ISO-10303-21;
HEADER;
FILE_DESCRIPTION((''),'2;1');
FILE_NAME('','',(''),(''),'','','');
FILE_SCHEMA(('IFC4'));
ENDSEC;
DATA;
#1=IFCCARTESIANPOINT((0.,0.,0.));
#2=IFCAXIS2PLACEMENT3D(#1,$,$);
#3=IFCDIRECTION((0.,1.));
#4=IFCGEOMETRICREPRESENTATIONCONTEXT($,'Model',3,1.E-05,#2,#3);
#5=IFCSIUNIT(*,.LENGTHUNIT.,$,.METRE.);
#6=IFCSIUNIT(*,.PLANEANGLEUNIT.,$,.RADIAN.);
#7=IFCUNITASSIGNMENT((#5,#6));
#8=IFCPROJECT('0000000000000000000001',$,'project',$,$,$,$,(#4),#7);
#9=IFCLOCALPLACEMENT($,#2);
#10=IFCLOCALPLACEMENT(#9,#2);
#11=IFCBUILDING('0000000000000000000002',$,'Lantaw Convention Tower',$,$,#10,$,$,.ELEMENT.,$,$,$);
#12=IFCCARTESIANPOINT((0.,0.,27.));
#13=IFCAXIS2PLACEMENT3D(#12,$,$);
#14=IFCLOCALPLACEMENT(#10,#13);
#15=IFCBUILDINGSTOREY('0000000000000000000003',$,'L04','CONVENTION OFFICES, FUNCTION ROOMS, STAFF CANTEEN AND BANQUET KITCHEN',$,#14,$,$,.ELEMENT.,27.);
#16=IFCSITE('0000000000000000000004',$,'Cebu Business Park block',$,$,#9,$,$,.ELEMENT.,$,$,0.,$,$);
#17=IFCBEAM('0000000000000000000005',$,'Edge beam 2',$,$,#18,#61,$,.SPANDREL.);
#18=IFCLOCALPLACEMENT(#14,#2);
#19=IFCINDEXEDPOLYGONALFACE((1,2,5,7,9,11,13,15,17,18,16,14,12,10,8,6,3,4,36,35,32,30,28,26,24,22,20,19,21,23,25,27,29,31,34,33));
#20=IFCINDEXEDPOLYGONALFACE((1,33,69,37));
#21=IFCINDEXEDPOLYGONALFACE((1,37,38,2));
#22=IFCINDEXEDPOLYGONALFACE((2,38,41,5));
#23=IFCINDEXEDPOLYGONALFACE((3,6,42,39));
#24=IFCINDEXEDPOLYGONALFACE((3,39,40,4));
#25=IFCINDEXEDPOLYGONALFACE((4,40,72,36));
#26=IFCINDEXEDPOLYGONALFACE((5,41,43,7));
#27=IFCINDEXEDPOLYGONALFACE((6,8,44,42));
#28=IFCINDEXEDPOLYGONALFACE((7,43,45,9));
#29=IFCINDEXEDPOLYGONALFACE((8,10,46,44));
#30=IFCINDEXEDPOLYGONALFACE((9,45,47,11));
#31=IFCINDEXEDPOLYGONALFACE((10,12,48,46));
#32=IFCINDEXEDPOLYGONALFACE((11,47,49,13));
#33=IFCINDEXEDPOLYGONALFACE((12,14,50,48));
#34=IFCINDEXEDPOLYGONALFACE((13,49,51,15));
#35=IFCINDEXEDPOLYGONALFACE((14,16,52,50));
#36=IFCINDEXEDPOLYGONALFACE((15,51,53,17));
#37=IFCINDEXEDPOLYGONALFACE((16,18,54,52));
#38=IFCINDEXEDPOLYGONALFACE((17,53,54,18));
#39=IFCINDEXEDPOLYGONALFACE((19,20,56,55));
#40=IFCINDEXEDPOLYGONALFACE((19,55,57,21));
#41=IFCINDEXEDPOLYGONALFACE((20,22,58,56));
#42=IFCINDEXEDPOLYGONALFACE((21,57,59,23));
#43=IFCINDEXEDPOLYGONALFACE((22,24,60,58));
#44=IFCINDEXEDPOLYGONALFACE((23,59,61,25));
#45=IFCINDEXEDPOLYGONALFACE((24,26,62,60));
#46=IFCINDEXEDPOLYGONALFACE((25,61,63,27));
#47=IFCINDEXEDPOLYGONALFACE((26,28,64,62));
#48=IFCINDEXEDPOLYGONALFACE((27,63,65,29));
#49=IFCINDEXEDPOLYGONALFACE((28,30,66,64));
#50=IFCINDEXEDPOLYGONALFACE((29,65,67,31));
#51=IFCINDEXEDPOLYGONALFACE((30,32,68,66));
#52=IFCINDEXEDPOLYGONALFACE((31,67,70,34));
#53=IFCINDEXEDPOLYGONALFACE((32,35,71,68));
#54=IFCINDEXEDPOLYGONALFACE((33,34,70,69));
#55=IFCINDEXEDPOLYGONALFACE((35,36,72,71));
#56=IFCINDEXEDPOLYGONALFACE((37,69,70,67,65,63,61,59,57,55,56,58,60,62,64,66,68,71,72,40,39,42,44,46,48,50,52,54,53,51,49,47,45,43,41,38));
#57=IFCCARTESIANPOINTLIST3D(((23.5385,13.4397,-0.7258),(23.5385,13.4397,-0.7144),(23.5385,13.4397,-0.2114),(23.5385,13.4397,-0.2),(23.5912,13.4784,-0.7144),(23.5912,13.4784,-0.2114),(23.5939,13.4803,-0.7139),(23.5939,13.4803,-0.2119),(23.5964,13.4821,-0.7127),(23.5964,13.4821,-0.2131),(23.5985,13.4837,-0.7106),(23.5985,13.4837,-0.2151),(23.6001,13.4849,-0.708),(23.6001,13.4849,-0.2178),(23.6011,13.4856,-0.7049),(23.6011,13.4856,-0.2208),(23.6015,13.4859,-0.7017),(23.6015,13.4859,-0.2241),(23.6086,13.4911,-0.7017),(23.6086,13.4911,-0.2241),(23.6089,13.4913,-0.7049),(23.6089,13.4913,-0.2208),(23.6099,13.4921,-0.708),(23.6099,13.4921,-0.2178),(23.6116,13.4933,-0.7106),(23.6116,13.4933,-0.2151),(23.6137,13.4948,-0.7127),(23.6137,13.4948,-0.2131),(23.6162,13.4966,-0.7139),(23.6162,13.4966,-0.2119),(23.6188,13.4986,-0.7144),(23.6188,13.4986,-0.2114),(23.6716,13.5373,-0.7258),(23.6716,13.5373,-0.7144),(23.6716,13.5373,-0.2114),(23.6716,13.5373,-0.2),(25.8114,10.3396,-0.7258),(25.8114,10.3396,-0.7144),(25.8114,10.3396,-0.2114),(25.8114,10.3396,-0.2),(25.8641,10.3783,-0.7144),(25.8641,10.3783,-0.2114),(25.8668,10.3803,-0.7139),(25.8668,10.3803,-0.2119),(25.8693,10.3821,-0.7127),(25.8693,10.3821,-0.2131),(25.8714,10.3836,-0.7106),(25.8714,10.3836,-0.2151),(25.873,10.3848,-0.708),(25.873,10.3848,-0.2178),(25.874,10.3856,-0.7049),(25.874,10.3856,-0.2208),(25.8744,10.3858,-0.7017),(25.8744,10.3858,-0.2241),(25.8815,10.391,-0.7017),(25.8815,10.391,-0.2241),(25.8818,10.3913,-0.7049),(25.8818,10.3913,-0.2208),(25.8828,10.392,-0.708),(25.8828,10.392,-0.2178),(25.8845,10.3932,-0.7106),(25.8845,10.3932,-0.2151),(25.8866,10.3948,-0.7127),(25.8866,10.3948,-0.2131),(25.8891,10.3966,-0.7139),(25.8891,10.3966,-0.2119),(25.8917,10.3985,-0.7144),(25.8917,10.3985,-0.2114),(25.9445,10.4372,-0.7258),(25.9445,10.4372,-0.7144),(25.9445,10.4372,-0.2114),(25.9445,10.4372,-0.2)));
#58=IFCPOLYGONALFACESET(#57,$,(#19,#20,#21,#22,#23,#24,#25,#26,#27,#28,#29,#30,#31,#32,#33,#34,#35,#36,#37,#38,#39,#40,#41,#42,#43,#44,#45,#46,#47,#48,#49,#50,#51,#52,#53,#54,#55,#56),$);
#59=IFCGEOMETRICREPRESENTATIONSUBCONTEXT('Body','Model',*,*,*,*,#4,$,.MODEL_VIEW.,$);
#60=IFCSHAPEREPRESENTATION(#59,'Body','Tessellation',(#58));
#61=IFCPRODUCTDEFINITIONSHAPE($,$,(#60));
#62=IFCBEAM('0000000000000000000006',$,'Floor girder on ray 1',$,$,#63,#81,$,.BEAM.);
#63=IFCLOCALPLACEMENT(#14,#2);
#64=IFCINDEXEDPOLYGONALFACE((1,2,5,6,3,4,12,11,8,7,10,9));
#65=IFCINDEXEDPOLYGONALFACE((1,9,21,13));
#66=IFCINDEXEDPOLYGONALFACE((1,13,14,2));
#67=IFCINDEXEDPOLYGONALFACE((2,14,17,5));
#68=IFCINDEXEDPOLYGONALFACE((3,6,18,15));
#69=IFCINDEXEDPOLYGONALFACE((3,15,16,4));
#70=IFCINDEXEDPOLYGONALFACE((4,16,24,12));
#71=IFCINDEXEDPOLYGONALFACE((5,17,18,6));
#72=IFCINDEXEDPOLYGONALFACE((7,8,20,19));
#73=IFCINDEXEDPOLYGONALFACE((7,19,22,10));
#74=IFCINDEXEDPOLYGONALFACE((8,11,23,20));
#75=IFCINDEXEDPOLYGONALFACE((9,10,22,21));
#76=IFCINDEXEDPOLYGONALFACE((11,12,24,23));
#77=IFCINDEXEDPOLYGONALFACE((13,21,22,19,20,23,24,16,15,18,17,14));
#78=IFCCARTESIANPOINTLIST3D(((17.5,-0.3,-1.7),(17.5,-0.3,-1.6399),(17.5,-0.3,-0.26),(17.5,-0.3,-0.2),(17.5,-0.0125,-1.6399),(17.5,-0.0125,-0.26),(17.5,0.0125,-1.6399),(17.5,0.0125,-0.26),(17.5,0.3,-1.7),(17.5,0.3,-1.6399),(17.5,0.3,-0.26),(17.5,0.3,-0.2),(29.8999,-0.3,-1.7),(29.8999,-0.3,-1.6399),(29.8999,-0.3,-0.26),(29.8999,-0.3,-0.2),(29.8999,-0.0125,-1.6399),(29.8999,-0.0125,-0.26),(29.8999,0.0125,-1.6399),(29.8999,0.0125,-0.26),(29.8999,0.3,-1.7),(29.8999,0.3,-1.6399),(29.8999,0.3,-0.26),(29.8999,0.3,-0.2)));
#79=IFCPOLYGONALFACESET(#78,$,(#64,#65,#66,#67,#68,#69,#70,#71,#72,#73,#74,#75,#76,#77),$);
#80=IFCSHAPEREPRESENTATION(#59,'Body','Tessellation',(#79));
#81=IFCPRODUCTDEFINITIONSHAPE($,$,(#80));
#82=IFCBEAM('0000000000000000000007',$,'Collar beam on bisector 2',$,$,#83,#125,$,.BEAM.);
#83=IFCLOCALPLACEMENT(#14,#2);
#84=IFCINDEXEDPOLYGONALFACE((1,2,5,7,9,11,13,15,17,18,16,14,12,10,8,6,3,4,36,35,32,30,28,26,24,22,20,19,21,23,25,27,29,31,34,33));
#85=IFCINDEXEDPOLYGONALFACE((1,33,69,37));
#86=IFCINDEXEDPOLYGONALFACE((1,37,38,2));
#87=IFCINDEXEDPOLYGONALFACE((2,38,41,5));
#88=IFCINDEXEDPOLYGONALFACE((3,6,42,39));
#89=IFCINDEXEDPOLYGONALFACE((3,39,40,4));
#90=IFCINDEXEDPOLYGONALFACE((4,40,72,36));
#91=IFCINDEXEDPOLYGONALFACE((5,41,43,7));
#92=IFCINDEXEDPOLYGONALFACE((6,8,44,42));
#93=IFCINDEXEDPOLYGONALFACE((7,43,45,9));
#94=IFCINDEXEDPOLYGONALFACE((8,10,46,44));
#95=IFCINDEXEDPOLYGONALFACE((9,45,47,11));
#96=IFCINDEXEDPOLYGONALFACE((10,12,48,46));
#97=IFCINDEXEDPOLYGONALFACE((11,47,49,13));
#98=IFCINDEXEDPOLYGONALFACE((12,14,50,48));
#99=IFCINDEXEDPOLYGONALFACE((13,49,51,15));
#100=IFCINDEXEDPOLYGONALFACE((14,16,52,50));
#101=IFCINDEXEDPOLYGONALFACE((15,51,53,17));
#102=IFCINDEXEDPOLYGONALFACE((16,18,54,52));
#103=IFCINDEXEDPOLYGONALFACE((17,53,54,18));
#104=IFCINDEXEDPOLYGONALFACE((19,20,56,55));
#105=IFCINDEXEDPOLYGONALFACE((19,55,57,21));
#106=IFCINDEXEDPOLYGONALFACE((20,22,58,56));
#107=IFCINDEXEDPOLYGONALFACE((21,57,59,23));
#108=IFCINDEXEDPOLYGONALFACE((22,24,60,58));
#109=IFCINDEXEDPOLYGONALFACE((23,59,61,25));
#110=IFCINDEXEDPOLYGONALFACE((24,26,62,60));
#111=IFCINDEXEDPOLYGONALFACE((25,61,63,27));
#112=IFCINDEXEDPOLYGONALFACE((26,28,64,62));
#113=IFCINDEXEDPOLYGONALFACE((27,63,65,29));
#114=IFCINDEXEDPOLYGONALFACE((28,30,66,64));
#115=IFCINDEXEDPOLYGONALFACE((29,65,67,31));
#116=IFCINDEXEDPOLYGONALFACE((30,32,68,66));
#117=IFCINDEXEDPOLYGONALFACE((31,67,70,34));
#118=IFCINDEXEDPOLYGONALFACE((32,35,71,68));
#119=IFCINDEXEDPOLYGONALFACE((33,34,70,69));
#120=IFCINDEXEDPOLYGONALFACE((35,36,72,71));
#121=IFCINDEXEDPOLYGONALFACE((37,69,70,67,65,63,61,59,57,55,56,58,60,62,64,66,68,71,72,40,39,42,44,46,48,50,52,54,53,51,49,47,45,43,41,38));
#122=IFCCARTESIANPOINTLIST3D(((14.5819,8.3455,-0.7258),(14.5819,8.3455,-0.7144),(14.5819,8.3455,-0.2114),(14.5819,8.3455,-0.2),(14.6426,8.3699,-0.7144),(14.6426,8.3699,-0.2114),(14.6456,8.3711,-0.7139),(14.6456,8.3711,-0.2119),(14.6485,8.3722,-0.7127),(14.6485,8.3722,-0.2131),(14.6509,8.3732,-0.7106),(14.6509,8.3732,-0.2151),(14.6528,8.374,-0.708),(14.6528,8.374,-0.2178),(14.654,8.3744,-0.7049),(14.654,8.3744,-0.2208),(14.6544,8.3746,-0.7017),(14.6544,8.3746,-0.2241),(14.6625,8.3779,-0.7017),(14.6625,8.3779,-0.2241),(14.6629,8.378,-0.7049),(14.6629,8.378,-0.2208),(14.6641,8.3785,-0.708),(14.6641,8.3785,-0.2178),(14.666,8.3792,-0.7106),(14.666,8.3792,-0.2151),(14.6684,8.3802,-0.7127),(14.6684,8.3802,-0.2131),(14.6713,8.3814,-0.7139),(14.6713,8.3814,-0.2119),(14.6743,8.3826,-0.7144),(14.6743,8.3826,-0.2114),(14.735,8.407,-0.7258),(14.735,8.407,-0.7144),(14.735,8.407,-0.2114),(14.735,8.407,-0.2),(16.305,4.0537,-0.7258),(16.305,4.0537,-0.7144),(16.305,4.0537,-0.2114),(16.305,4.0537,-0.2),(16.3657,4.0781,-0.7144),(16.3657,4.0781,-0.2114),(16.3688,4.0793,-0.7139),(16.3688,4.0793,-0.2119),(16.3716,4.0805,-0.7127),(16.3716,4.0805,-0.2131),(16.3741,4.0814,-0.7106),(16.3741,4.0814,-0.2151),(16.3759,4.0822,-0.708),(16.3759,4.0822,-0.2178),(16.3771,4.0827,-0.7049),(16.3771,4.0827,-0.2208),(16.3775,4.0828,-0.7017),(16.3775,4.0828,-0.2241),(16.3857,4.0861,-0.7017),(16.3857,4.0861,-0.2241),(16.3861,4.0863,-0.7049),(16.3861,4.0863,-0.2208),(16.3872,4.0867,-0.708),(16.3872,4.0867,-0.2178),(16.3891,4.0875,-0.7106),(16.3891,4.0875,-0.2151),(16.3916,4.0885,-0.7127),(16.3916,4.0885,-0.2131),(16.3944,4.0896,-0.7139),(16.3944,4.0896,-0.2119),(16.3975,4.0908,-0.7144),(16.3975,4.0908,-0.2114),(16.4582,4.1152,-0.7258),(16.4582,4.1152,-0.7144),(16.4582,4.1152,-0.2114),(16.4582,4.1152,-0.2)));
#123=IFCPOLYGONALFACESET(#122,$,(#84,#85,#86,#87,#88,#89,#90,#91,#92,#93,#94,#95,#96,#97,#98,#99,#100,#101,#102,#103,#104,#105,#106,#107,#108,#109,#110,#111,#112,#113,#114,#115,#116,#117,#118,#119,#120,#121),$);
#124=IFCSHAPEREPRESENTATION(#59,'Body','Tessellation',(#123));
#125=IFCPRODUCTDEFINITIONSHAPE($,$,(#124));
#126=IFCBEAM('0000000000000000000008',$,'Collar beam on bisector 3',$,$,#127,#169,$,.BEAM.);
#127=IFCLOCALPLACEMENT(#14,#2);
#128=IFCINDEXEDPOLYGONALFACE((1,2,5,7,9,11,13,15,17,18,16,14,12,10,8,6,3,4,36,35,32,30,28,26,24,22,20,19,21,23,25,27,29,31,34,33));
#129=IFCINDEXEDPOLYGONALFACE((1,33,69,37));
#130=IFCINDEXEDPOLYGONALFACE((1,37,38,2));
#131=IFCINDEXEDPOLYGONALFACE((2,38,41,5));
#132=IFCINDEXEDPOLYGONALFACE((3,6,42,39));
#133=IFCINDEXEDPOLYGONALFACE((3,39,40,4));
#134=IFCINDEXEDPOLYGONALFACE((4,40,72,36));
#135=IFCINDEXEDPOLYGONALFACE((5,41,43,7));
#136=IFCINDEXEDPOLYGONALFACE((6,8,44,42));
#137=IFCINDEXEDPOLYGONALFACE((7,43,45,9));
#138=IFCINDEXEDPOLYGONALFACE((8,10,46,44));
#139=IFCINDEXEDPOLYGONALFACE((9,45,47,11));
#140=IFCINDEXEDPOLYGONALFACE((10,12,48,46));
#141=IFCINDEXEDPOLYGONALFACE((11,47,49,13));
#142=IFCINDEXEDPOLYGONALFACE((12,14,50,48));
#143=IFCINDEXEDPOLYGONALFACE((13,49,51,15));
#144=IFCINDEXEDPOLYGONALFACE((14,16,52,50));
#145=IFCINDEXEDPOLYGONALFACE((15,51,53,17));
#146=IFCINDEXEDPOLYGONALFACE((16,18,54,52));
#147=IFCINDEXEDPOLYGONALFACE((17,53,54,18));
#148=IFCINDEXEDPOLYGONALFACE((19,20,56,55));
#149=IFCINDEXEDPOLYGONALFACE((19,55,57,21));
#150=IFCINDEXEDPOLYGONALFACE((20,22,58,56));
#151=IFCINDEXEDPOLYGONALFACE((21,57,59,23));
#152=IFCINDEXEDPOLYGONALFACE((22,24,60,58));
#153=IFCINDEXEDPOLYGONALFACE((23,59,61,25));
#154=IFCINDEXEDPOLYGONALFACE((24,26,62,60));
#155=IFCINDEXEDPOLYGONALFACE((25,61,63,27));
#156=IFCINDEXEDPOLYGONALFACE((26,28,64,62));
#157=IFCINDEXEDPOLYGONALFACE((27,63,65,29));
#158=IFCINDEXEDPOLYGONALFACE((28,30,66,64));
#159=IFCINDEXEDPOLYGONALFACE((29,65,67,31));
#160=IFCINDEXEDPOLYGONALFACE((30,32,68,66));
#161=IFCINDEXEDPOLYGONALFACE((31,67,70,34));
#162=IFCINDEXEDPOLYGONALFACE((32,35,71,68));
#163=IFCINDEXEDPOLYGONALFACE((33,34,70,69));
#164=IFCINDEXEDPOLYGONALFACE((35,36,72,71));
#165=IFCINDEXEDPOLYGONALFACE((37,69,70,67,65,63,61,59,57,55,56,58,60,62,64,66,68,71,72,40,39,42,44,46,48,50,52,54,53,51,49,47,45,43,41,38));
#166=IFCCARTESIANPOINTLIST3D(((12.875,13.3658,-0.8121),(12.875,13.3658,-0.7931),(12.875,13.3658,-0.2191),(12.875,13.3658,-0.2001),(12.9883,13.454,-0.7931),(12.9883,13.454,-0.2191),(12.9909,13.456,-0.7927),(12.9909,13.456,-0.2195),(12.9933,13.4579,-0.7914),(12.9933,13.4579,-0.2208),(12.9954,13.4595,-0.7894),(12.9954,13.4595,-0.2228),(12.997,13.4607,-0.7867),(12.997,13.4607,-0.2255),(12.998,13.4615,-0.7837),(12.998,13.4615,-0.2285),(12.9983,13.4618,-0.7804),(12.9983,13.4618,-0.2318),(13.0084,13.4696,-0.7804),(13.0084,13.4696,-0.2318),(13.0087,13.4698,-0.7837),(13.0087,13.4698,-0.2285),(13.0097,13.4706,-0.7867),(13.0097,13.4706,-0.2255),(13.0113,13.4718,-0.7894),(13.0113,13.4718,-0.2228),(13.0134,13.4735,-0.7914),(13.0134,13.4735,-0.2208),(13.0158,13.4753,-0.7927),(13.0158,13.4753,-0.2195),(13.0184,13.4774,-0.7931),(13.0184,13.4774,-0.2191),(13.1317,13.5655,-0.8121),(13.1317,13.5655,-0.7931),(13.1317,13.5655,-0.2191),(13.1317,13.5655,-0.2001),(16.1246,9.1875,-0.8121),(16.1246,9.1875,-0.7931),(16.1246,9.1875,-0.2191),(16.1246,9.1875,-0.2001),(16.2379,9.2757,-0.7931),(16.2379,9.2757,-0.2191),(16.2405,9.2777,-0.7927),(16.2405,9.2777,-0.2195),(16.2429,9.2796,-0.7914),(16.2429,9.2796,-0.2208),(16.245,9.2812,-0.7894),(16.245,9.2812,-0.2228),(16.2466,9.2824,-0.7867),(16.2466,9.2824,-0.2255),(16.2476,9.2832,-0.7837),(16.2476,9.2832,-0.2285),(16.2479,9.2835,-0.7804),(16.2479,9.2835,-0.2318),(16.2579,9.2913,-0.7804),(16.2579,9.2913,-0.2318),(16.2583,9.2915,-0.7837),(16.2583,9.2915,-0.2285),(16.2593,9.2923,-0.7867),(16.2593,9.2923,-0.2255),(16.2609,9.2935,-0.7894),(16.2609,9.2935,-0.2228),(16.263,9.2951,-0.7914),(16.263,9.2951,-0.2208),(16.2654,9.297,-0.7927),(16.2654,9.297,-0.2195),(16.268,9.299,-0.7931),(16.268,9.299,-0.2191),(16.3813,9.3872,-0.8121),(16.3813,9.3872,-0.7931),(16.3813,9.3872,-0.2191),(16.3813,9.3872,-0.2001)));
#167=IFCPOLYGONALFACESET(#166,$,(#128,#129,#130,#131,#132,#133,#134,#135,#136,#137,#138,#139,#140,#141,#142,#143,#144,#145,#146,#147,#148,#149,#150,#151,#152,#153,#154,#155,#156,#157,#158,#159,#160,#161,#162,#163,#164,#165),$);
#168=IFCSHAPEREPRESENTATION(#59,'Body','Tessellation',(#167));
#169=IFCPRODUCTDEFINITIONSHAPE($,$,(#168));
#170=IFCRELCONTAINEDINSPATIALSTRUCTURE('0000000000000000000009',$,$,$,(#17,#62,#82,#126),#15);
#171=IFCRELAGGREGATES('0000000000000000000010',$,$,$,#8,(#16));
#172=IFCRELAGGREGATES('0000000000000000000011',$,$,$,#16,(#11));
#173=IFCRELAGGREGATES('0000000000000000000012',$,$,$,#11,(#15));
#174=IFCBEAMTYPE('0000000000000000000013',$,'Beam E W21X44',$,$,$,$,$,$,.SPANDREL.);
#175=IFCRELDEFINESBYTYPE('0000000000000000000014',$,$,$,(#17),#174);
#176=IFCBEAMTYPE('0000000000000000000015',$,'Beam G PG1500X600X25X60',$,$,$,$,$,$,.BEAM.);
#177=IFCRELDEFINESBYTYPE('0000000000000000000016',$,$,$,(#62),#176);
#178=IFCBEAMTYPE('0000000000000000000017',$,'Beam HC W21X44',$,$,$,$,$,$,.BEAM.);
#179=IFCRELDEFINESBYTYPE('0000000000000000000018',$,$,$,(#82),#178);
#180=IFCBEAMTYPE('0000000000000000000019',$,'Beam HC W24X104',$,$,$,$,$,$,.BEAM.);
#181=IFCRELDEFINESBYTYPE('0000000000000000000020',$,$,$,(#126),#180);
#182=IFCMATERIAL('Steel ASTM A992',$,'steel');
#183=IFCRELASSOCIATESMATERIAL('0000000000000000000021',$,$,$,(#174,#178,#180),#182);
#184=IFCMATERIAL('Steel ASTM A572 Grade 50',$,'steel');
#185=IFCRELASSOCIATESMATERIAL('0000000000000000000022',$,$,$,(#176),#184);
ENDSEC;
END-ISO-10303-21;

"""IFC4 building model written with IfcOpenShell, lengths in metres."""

from ifc_helpers import new_model, si_unit, direction, frame, origin, origin_2d, place, context, subcontext, project, spatial, i_section, extrude, material, material_profile, profile_set, type_object, element, save


model = new_model("IFC4")

# Units and contexts
model_context = context("Model", 3, precision=1e-05, world=origin(), true_north=direction((0.0, 1.0)))
body_context = subcontext(model_context, "Body", "Model", "MODEL_VIEW")
ifc_project = project(units=[si_unit("LENGTHUNIT", "METRE"), si_unit("PLANEANGLEUNIT", "RADIAN")], contexts=[model_context])

# Site, building, storey
site_placement = place(None, origin())
site = spatial("IfcSite", under=ifc_project, at=site_placement, Name="Cebu Business Park block", CompositionType="ELEMENT", RefElevation=0.0)
building_placement = place(site_placement, origin())
building = spatial("IfcBuilding", under=site, at=building_placement, Name="Lantaw Convention Tower", CompositionType="ELEMENT")
storey_placement = place(building_placement, frame((0.0, 0.0, 27.0)))
storey = spatial("IfcBuildingStorey", under=building, at=storey_placement, Name="L04", Description="CONVENTION OFFICES, FUNCTION ROOMS, STAFF CANTEEN AND BANQUET KITCHEN", CompositionType="ELEMENT", Elevation=27.0)

# Shared definitions
ifc_material_1 = material(Name="Steel ASTM A572 Grade 50", Category="steel")

# Beams
ifc_material_2 = material(Name="Steel ASTM A992", Category="steel")
ifc_material_profile_1 = material_profile(ifc_material_2, i_section(OverallWidth=0.165, OverallDepth=0.5259, WebThickness=0.0088, FlangeThickness=0.0115, FilletRadius=0.0127, at=origin_2d()), Name="W21X44")
ifc_profile_set_1 = profile_set([ifc_material_profile_1], Name="Steel ASTM A992")
beam_type_1 = type_object("IfcBeamType", Name="Beam E W21X44", PredefinedType="SPANDREL", material=ifc_profile_set_1)
beam_1_placement = place(storey_placement, frame((25.8779, 10.3884, -0.4629), z_axis=(-0.591287, 0.806462, 0.0), x_axis=(-0.806462, -0.591287, 0.0)))
element("IfcBeam", 1, at=beam_1_placement, inside=storey, type_object=beam_type_1, Name="Edge beam 2", PredefinedType="SPANDREL", context=body_context, shape_type="SweptSolid", body=[
    extrude(i_section(OverallWidth=0.165, OverallDepth=0.5259, WebThickness=0.0088, FlangeThickness=0.0115, FilletRadius=0.0127, at=origin_2d()), origin(), (0.0, 0.0, 1.0), 3.844),
])
ifc_material_profile_2 = material_profile(ifc_material_1, i_section(OverallWidth=0.6001, OverallDepth=1.5, WebThickness=0.0249, FlangeThickness=0.0601, at=origin_2d()), Name="PG1500X600X25X60")
ifc_profile_set_2 = profile_set([ifc_material_profile_2], Name="Steel ASTM A572 Grade 50")
beam_type_2 = type_object("IfcBeamType", Name="Beam G PG1500X600X25X60", PredefinedType="BEAM", material=ifc_profile_set_2)
beam_2_placement = place(storey_placement, frame((17.5, 0.0, -0.95), z_axis=(1.0, 0.0, 0.0), x_axis=(0.0, 1.0, 0.0)))
element("IfcBeam", 2, at=beam_2_placement, inside=storey, type_object=beam_type_2, Name="Floor girder on ray 1", PredefinedType="BEAM", context=body_context, shape_type="SweptSolid", body=[
    extrude(i_section(OverallWidth=0.6001, OverallDepth=1.5, WebThickness=0.0249, FlangeThickness=0.0601, at=origin_2d()), origin(), (0.0, 0.0, 1.0), 12.3999),
])
ifc_material_profile_3 = material_profile(ifc_material_2, i_section(OverallWidth=0.165, OverallDepth=0.5259, WebThickness=0.0088, FlangeThickness=0.0115, FilletRadius=0.0127, at=origin_2d()), Name="W21X44")
ifc_profile_set_3 = profile_set([ifc_material_profile_3], Name="Steel ASTM A992")
beam_type_3 = type_object("IfcBeamType", Name="Beam HC W21X44", PredefinedType="BEAM", material=ifc_profile_set_3)
beam_3_placement = place(storey_placement, frame((16.3816, 4.0845, -0.4629), z_axis=(-0.372592, 0.927995, 0.0), x_axis=(-0.927995, -0.372592, 0.0)))
element("IfcBeam", 3, at=beam_3_placement, inside=storey, type_object=beam_type_3, Name="Collar beam on bisector 2", PredefinedType="BEAM", context=body_context, shape_type="SweptSolid", body=[
    extrude(i_section(OverallWidth=0.165, OverallDepth=0.5259, WebThickness=0.0088, FlangeThickness=0.0115, FilletRadius=0.0127, at=origin_2d()), origin(), (0.0, 0.0, 1.0), 4.6248),
])
ifc_material_profile_4 = material_profile(ifc_material_2, i_section(OverallWidth=0.3252, OverallDepth=0.6121, WebThickness=0.0127, FlangeThickness=0.019, FilletRadius=0.0127, at=origin_2d()), Name="W24X104")
ifc_profile_set_4 = profile_set([ifc_material_profile_4], Name="Steel ASTM A992")
beam_type_4 = type_object("IfcBeamType", Name="Beam HC W24X104", PredefinedType="BEAM", material=ifc_profile_set_4)
beam_4_placement = place(storey_placement, frame((16.2529, 9.2874, -0.5061), z_axis=(-0.613915, 0.789372, 0.0), x_axis=(-0.789372, -0.613915, 0.0)))
element("IfcBeam", 4, at=beam_4_placement, inside=storey, type_object=beam_type_4, Name="Collar beam on bisector 3", PredefinedType="BEAM", context=body_context, shape_type="SweptSolid", body=[
    extrude(i_section(OverallWidth=0.3252, OverallDepth=0.6121, WebThickness=0.0127, FlangeThickness=0.019, FilletRadius=0.0127, at=origin_2d()), origin(), (0.0, 0.0, 1.0), 5.2932),
])

save(model, "model.ifc")
